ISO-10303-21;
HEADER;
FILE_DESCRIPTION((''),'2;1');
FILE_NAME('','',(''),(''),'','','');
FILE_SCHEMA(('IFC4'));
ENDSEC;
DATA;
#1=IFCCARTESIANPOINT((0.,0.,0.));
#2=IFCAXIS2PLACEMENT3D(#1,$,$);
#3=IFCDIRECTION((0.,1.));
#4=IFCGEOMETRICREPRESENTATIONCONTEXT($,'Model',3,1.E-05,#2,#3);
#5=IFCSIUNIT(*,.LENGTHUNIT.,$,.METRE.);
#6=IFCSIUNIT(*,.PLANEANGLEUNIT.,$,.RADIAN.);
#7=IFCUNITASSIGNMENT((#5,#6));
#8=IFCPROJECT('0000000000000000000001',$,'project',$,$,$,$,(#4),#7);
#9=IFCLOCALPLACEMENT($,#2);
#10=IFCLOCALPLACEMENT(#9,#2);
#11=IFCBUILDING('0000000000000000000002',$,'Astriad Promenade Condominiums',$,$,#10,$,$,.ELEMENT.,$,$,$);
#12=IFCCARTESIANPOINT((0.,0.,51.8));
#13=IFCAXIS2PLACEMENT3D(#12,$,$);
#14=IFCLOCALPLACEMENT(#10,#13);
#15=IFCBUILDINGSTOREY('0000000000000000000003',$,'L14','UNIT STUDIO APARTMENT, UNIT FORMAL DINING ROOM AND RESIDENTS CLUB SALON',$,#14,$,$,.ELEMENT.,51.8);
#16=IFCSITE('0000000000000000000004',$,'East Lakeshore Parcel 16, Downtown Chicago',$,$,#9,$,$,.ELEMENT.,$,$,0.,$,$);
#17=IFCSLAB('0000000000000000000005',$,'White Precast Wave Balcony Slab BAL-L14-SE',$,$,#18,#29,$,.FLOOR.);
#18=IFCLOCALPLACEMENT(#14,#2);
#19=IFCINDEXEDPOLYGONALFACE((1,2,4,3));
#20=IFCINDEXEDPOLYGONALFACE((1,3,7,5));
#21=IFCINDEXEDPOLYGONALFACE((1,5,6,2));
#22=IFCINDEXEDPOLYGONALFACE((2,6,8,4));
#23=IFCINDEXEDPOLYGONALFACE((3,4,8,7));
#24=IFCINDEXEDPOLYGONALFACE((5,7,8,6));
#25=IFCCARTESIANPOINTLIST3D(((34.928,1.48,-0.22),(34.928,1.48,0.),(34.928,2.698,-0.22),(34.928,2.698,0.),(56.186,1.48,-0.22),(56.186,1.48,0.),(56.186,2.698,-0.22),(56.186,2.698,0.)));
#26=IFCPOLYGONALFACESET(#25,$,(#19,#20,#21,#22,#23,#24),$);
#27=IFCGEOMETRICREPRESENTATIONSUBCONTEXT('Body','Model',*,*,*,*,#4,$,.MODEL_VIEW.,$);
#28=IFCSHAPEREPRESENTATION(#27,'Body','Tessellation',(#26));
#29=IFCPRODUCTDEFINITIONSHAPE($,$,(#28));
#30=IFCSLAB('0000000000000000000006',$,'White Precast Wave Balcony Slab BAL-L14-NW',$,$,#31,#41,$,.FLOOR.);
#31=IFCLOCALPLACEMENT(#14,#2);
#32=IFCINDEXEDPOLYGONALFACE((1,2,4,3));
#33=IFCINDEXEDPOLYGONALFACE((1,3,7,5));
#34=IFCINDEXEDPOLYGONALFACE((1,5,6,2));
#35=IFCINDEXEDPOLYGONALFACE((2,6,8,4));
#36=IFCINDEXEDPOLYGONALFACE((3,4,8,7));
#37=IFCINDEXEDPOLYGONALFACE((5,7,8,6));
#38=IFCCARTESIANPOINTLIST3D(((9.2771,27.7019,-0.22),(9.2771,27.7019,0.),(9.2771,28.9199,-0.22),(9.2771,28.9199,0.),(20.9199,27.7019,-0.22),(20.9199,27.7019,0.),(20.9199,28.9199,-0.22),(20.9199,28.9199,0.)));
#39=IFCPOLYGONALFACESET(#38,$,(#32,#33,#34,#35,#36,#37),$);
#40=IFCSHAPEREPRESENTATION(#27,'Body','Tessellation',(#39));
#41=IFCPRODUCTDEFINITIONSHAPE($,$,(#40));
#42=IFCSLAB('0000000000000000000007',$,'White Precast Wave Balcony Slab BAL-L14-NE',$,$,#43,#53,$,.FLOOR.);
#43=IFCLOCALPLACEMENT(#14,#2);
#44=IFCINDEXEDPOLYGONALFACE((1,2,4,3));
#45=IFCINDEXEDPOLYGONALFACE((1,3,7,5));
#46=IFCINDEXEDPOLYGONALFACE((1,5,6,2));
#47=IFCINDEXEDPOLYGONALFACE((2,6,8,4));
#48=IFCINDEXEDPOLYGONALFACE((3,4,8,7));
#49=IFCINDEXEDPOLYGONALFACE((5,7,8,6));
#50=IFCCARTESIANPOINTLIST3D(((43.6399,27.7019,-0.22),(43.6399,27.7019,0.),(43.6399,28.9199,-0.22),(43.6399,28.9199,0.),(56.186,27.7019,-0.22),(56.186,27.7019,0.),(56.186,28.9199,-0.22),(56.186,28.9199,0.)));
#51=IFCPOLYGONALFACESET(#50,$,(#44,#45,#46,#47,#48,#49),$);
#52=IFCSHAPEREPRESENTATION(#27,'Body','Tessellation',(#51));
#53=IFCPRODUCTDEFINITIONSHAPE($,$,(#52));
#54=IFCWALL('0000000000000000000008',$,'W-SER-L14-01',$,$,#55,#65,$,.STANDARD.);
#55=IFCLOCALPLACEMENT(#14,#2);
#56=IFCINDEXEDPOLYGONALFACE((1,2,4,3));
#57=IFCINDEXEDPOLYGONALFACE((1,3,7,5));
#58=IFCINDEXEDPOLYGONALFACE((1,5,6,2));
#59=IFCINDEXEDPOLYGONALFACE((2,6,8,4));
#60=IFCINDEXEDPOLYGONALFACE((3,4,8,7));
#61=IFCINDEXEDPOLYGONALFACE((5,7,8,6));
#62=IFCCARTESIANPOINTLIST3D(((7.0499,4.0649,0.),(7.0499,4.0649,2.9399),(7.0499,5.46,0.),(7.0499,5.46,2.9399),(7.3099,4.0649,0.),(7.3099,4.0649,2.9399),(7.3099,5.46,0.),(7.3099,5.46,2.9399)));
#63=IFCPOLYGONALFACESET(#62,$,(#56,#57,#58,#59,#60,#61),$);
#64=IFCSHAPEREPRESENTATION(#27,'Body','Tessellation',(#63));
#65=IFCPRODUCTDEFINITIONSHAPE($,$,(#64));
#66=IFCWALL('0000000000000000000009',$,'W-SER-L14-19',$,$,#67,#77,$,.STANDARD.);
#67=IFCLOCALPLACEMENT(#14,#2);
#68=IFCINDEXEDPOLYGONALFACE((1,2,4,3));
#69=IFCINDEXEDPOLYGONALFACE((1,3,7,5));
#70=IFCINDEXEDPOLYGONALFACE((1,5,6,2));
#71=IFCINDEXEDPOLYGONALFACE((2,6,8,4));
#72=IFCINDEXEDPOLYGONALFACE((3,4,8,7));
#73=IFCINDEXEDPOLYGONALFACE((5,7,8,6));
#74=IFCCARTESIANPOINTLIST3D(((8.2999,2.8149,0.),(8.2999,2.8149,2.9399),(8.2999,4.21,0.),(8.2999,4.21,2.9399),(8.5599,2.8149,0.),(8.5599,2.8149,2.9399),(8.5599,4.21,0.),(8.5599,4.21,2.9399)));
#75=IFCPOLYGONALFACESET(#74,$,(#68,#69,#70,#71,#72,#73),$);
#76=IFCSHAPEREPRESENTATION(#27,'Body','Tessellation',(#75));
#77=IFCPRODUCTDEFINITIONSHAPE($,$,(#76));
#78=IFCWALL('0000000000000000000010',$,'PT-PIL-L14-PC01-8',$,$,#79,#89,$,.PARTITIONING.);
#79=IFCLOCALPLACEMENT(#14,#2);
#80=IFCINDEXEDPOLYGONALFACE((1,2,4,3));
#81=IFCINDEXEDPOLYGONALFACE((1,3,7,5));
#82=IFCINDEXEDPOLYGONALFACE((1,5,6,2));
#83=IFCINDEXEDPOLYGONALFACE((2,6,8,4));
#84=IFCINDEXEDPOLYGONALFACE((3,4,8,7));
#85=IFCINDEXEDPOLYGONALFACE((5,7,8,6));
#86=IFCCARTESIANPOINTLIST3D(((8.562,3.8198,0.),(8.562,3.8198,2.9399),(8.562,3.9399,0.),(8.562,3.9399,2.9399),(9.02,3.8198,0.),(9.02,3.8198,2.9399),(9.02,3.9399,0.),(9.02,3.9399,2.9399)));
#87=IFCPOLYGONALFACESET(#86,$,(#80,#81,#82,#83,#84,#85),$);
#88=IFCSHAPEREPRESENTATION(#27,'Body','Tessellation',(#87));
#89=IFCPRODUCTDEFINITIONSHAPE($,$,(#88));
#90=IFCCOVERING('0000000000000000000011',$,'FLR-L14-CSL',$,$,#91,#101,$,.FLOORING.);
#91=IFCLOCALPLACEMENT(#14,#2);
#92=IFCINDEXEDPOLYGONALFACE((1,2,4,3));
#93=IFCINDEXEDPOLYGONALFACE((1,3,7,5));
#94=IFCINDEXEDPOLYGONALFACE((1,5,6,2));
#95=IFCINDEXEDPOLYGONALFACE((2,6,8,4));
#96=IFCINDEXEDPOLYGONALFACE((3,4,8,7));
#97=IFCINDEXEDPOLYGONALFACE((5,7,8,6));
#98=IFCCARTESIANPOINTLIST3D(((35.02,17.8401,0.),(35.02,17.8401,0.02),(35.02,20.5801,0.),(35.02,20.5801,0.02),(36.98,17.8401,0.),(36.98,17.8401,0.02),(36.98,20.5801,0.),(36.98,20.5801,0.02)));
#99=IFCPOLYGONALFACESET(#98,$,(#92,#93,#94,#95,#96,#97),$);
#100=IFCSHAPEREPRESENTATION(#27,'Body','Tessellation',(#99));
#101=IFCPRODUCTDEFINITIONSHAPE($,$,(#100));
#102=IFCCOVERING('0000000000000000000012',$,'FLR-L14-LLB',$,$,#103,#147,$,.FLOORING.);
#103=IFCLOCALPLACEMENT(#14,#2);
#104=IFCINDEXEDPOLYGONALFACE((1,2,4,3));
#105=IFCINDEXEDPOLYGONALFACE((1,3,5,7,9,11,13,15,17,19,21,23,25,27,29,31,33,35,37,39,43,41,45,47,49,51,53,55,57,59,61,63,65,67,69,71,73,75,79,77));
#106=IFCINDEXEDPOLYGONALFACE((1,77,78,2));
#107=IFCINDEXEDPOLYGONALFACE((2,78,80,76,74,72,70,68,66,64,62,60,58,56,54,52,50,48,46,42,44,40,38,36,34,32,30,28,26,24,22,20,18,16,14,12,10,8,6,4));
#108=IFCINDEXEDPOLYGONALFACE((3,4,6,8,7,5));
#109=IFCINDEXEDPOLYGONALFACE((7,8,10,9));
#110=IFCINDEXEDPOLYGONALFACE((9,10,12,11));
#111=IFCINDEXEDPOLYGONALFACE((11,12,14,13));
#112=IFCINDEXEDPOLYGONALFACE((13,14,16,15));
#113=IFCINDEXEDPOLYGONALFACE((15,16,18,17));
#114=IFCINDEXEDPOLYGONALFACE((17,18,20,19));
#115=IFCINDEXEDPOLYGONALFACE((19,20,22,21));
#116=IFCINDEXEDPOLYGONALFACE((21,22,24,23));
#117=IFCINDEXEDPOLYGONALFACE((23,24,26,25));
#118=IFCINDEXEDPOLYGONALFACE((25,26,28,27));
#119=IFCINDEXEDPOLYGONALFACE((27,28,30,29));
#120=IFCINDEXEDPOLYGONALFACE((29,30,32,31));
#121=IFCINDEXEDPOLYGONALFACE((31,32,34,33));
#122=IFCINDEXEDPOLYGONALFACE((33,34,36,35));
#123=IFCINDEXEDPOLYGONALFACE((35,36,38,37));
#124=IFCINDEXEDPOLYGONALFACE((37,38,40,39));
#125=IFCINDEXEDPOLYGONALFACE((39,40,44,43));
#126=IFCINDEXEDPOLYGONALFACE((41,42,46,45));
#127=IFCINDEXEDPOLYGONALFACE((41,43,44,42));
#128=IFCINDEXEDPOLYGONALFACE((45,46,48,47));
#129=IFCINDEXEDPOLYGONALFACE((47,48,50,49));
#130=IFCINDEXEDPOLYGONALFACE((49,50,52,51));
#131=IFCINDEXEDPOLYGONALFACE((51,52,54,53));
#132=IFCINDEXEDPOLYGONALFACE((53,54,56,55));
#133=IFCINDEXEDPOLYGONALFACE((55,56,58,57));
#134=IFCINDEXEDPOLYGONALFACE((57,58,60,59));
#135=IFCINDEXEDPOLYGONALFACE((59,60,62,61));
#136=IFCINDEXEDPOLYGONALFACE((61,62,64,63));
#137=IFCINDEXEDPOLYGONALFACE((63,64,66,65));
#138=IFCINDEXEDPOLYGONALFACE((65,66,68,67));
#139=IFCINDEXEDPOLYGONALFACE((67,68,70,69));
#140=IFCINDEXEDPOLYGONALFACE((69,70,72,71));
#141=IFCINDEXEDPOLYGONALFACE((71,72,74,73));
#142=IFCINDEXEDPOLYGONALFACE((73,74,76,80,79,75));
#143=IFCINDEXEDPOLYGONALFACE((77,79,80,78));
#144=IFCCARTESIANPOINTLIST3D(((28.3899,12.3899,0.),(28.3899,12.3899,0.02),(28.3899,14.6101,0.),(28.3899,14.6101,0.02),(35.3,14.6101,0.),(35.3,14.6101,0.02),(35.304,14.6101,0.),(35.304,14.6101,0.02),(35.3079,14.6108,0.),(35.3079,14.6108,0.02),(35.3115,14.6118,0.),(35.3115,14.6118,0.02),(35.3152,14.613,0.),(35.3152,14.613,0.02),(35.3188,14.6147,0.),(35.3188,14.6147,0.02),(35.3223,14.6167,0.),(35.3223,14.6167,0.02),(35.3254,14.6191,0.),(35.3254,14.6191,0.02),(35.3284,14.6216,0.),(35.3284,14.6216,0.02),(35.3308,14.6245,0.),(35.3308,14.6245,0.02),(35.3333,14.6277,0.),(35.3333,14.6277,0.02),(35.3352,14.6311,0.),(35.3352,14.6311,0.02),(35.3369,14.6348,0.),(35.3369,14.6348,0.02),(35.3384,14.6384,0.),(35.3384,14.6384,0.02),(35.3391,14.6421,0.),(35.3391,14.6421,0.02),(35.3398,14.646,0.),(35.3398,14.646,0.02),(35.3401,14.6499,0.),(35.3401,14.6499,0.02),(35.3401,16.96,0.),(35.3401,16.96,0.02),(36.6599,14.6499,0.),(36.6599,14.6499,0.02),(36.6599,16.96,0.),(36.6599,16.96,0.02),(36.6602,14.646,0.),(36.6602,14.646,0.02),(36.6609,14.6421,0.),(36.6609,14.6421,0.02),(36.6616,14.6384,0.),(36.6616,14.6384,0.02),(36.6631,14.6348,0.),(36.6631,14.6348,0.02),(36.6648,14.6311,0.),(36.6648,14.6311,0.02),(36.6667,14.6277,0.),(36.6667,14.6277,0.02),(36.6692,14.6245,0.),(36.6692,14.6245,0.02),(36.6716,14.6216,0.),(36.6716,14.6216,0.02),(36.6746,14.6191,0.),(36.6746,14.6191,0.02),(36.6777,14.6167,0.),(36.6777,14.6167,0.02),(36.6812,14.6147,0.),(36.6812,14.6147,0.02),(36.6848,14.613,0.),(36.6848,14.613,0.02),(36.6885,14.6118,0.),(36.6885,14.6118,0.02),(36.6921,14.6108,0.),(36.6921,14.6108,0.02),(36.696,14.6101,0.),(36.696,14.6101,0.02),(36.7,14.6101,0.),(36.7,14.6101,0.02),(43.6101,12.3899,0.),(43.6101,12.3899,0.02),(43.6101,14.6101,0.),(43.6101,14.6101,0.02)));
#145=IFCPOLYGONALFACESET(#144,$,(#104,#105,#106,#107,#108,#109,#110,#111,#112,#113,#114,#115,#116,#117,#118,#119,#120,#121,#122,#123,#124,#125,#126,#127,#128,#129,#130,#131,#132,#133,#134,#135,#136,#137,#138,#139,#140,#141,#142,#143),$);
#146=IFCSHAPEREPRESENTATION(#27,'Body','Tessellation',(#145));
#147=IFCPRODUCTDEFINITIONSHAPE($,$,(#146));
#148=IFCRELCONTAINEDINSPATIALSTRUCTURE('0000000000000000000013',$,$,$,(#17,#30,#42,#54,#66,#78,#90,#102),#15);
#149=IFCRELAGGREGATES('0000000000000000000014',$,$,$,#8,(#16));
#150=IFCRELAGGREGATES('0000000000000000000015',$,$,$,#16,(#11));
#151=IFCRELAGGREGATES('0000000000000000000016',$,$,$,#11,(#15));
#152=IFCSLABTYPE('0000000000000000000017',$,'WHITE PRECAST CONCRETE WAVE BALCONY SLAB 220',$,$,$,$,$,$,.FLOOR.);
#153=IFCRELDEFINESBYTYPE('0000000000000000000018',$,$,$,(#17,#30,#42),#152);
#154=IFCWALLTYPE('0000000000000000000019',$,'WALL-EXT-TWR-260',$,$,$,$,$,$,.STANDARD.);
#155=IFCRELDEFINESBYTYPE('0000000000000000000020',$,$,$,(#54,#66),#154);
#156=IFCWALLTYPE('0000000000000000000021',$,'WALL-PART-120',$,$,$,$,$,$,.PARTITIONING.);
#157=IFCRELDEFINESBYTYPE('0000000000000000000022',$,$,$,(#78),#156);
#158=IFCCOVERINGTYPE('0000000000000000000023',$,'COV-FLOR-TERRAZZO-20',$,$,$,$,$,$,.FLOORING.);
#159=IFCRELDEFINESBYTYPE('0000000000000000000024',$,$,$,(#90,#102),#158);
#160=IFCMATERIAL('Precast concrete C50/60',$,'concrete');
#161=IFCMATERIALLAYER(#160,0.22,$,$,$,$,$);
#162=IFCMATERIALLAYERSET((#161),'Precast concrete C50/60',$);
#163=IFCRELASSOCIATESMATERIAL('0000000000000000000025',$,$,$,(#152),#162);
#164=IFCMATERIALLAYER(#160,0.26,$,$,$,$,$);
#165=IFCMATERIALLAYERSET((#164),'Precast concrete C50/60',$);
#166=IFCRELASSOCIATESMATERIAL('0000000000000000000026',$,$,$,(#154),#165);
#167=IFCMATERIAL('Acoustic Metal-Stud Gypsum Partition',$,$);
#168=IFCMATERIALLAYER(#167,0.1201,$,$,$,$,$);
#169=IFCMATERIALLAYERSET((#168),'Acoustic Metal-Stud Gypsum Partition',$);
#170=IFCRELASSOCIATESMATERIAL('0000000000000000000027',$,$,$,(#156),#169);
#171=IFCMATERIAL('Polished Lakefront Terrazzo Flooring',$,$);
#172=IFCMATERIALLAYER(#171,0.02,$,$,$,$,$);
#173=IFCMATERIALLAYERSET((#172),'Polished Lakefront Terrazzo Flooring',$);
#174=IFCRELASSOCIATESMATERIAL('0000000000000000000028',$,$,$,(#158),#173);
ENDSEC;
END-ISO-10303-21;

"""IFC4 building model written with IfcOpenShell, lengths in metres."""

from ifc_helpers import new_model, si_unit, direction, frame, frame_2d, origin, place, context, subcontext, project, spatial, polyline, rectangle, outline, extrude, material, layer, layer_set, type_object, element, save


model = new_model("IFC4")

# Units and contexts
model_context = context("Model", 3, precision=1e-05, world=origin(), true_north=direction((0.0, 1.0)))
body_context = subcontext(model_context, "Body", "Model", "MODEL_VIEW")
ifc_project = project(units=[si_unit("LENGTHUNIT", "METRE"), si_unit("PLANEANGLEUNIT", "RADIAN")], contexts=[model_context])

# Site, building, storey
site_placement = place(None, origin())
site = spatial("IfcSite", under=ifc_project, at=site_placement, Name="East Lakeshore Parcel 16, Downtown Chicago", CompositionType="ELEMENT", RefElevation=0.0)
building_placement = place(site_placement, origin())
building = spatial("IfcBuilding", under=site, at=building_placement, Name="Astriad Promenade Condominiums", CompositionType="ELEMENT")
storey_placement = place(building_placement, frame((0.0, 0.0, 51.8)))
storey = spatial("IfcBuildingStorey", under=building, at=storey_placement, Name="L14", Description="UNIT STUDIO APARTMENT, UNIT FORMAL DINING ROOM AND RESIDENTS CLUB SALON", CompositionType="ELEMENT", Elevation=51.8)

# Slabs
ifc_material_1 = material(Name="Precast concrete C50/60", Category="concrete")
ifc_layer_1 = layer(ifc_material_1, 0.22)
ifc_layer_set_1 = layer_set([ifc_layer_1], Name="Precast concrete C50/60")
slab_type_1 = type_object("IfcSlabType", Name="WHITE PRECAST CONCRETE WAVE BALCONY SLAB 220", PredefinedType="FLOOR", material=ifc_layer_set_1)
slab_1_placement = place(storey_placement, frame((0.0, 0.0, -0.22)))
element("IfcSlab", 1, at=slab_1_placement, inside=storey, type_object=slab_type_1, Name="White Precast Wave Balcony Slab BAL-L14-SE", PredefinedType="FLOOR", context=body_context, shape_type="SweptSolid", body=[
    extrude(outline(polyline([(56.186, 1.48), (34.928, 1.48), (34.928, 2.698), (56.186, 2.698), (56.186, 1.48)])), origin(), (0.0, 0.0, 1.0), 0.22),
])
slab_2_placement = place(storey_placement, frame((0.0, 0.0, -0.22)))
element("IfcSlab", 2, at=slab_2_placement, inside=storey, type_object=slab_type_1, Name="White Precast Wave Balcony Slab BAL-L14-NW", PredefinedType="FLOOR", context=body_context, shape_type="SweptSolid", body=[
    extrude(outline(polyline([(9.2771, 28.9199), (20.9199, 28.9199), (20.9199, 27.7019), (9.2771, 27.7019), (9.2771, 28.9199)])), origin(), (0.0, 0.0, 1.0), 0.22),
])
slab_3_placement = place(storey_placement, frame((0.0, 0.0, -0.22)))
element("IfcSlab", 3, at=slab_3_placement, inside=storey, type_object=slab_type_1, Name="White Precast Wave Balcony Slab BAL-L14-NE", PredefinedType="FLOOR", context=body_context, shape_type="SweptSolid", body=[
    extrude(outline(polyline([(43.6399, 28.9199), (56.186, 28.9199), (56.186, 27.7019), (43.6399, 27.7019), (43.6399, 28.9199)])), origin(), (0.0, 0.0, 1.0), 0.22),
])

# Walls
ifc_layer_2 = layer(ifc_material_1, 0.26)
ifc_layer_set_2 = layer_set([ifc_layer_2], Name="Precast concrete C50/60")
wall_type_1 = type_object("IfcWallType", Name="WALL-EXT-TWR-260", PredefinedType="STANDARD", material=ifc_layer_set_2)
for number, where, z_axis, x_axis, name in (
    (4, (7.1799, 4.0649, 0.0), (0.0, 0.0, 1.0), (0.0, 1.0, 0.0), "W-SER-L14-01"),
    (5, (8.4299, 2.8149, 0.0), (0.0, 0.0, 1.0), (0.0, 1.0, 0.0), "W-SER-L14-19"),
):
    element("IfcWall", number, at=place(storey_placement, frame(where, z_axis=z_axis, x_axis=x_axis)), inside=storey, type_object=wall_type_1, Name=name, PredefinedType="STANDARD", context=body_context, shape_type="SweptSolid", body=[
        extrude(rectangle(XDim=1.395, YDim=0.26, at=frame_2d((0.6975, 0.0))), origin(), (0.0, 0.0, 1.0), 2.9399),
    ])
ifc_material_2 = material(Name="Acoustic Metal-Stud Gypsum Partition")
ifc_layer_3 = layer(ifc_material_2, 0.1201)
ifc_layer_set_3 = layer_set([ifc_layer_3], Name="Acoustic Metal-Stud Gypsum Partition")
wall_type_2 = type_object("IfcWallType", Name="WALL-PART-120", PredefinedType="PARTITIONING", material=ifc_layer_set_3)
wall_placement = place(storey_placement, frame((9.02, 3.8799, 0.0), z_axis=(0.0, 0.0, 1.0), x_axis=(-1.0, 0.0, 0.0)))
element("IfcWall", 6, at=wall_placement, inside=storey, type_object=wall_type_2, Name="PT-PIL-L14-PC01-8", PredefinedType="PARTITIONING", context=body_context, shape_type="SweptSolid", body=[
    extrude(rectangle(XDim=0.458, YDim=0.1201, at=frame_2d((0.229, 0.0))), origin(), (0.0, 0.0, 1.0), 2.9399),
])

# Coverings
ifc_material_3 = material(Name="Polished Lakefront Terrazzo Flooring")
ifc_layer_4 = layer(ifc_material_3, 0.02)
ifc_layer_set_4 = layer_set([ifc_layer_4], Name="Polished Lakefront Terrazzo Flooring")
covering_type = type_object("IfcCoveringType", Name="COV-FLOR-TERRAZZO-20", PredefinedType="FLOORING", material=ifc_layer_set_4)
covering_1_placement = place(storey_placement, origin())
element("IfcCovering", 7, at=covering_1_placement, inside=storey, type_object=covering_type, Name="FLR-L14-CSL", PredefinedType="FLOORING", context=body_context, shape_type="SweptSolid", body=[
    extrude(outline(polyline([(36.98, 17.8401), (35.02, 17.8401), (35.02, 20.5801), (36.98, 20.5801), (36.98, 17.8401)])), origin(), (0.0, 0.0, 1.0), 0.02),
])
covering_2_placement = place(storey_placement, origin())
element("IfcCovering", 8, at=covering_2_placement, inside=storey, type_object=covering_type, Name="FLR-L14-LLB", PredefinedType="FLOORING", context=body_context, shape_type="SweptSolid", body=[
    extrude(outline(polyline([(43.6101, 14.6101), (43.6101, 12.3899), (28.3899, 12.3899), (28.3899, 14.6101), (35.3, 14.6101), (35.304, 14.6101), (35.3079, 14.6108), (35.3115, 14.6118), (35.3152, 14.613), (35.3188, 14.6147), (35.3223, 14.6167), (35.3254, 14.6191), (35.3284, 14.6216), (35.3308, 14.6245), (35.3333, 14.6277), (35.3352, 14.6311), (35.3369, 14.6348), (35.3384, 14.6384), (35.3391, 14.6421), (35.3398, 14.646), (35.3401, 14.6499), (35.3401, 16.96), (36.6599, 16.96), (36.6599, 14.6499), (36.6602, 14.646), (36.6609, 14.6421), (36.6616, 14.6384), (36.6631, 14.6348), (36.6648, 14.6311), (36.6667, 14.6277), (36.6692, 14.6245), (36.6716, 14.6216), (36.6746, 14.6191), (36.6777, 14.6167), (36.6812, 14.6147), (36.6848, 14.613), (36.6885, 14.6118), (36.6921, 14.6108), (36.696, 14.6101), (36.7, 14.6101), (43.6101, 14.6101)])), origin(), (0.0, 0.0, 1.0), 0.02),
])

save(model, "model.ifc")
